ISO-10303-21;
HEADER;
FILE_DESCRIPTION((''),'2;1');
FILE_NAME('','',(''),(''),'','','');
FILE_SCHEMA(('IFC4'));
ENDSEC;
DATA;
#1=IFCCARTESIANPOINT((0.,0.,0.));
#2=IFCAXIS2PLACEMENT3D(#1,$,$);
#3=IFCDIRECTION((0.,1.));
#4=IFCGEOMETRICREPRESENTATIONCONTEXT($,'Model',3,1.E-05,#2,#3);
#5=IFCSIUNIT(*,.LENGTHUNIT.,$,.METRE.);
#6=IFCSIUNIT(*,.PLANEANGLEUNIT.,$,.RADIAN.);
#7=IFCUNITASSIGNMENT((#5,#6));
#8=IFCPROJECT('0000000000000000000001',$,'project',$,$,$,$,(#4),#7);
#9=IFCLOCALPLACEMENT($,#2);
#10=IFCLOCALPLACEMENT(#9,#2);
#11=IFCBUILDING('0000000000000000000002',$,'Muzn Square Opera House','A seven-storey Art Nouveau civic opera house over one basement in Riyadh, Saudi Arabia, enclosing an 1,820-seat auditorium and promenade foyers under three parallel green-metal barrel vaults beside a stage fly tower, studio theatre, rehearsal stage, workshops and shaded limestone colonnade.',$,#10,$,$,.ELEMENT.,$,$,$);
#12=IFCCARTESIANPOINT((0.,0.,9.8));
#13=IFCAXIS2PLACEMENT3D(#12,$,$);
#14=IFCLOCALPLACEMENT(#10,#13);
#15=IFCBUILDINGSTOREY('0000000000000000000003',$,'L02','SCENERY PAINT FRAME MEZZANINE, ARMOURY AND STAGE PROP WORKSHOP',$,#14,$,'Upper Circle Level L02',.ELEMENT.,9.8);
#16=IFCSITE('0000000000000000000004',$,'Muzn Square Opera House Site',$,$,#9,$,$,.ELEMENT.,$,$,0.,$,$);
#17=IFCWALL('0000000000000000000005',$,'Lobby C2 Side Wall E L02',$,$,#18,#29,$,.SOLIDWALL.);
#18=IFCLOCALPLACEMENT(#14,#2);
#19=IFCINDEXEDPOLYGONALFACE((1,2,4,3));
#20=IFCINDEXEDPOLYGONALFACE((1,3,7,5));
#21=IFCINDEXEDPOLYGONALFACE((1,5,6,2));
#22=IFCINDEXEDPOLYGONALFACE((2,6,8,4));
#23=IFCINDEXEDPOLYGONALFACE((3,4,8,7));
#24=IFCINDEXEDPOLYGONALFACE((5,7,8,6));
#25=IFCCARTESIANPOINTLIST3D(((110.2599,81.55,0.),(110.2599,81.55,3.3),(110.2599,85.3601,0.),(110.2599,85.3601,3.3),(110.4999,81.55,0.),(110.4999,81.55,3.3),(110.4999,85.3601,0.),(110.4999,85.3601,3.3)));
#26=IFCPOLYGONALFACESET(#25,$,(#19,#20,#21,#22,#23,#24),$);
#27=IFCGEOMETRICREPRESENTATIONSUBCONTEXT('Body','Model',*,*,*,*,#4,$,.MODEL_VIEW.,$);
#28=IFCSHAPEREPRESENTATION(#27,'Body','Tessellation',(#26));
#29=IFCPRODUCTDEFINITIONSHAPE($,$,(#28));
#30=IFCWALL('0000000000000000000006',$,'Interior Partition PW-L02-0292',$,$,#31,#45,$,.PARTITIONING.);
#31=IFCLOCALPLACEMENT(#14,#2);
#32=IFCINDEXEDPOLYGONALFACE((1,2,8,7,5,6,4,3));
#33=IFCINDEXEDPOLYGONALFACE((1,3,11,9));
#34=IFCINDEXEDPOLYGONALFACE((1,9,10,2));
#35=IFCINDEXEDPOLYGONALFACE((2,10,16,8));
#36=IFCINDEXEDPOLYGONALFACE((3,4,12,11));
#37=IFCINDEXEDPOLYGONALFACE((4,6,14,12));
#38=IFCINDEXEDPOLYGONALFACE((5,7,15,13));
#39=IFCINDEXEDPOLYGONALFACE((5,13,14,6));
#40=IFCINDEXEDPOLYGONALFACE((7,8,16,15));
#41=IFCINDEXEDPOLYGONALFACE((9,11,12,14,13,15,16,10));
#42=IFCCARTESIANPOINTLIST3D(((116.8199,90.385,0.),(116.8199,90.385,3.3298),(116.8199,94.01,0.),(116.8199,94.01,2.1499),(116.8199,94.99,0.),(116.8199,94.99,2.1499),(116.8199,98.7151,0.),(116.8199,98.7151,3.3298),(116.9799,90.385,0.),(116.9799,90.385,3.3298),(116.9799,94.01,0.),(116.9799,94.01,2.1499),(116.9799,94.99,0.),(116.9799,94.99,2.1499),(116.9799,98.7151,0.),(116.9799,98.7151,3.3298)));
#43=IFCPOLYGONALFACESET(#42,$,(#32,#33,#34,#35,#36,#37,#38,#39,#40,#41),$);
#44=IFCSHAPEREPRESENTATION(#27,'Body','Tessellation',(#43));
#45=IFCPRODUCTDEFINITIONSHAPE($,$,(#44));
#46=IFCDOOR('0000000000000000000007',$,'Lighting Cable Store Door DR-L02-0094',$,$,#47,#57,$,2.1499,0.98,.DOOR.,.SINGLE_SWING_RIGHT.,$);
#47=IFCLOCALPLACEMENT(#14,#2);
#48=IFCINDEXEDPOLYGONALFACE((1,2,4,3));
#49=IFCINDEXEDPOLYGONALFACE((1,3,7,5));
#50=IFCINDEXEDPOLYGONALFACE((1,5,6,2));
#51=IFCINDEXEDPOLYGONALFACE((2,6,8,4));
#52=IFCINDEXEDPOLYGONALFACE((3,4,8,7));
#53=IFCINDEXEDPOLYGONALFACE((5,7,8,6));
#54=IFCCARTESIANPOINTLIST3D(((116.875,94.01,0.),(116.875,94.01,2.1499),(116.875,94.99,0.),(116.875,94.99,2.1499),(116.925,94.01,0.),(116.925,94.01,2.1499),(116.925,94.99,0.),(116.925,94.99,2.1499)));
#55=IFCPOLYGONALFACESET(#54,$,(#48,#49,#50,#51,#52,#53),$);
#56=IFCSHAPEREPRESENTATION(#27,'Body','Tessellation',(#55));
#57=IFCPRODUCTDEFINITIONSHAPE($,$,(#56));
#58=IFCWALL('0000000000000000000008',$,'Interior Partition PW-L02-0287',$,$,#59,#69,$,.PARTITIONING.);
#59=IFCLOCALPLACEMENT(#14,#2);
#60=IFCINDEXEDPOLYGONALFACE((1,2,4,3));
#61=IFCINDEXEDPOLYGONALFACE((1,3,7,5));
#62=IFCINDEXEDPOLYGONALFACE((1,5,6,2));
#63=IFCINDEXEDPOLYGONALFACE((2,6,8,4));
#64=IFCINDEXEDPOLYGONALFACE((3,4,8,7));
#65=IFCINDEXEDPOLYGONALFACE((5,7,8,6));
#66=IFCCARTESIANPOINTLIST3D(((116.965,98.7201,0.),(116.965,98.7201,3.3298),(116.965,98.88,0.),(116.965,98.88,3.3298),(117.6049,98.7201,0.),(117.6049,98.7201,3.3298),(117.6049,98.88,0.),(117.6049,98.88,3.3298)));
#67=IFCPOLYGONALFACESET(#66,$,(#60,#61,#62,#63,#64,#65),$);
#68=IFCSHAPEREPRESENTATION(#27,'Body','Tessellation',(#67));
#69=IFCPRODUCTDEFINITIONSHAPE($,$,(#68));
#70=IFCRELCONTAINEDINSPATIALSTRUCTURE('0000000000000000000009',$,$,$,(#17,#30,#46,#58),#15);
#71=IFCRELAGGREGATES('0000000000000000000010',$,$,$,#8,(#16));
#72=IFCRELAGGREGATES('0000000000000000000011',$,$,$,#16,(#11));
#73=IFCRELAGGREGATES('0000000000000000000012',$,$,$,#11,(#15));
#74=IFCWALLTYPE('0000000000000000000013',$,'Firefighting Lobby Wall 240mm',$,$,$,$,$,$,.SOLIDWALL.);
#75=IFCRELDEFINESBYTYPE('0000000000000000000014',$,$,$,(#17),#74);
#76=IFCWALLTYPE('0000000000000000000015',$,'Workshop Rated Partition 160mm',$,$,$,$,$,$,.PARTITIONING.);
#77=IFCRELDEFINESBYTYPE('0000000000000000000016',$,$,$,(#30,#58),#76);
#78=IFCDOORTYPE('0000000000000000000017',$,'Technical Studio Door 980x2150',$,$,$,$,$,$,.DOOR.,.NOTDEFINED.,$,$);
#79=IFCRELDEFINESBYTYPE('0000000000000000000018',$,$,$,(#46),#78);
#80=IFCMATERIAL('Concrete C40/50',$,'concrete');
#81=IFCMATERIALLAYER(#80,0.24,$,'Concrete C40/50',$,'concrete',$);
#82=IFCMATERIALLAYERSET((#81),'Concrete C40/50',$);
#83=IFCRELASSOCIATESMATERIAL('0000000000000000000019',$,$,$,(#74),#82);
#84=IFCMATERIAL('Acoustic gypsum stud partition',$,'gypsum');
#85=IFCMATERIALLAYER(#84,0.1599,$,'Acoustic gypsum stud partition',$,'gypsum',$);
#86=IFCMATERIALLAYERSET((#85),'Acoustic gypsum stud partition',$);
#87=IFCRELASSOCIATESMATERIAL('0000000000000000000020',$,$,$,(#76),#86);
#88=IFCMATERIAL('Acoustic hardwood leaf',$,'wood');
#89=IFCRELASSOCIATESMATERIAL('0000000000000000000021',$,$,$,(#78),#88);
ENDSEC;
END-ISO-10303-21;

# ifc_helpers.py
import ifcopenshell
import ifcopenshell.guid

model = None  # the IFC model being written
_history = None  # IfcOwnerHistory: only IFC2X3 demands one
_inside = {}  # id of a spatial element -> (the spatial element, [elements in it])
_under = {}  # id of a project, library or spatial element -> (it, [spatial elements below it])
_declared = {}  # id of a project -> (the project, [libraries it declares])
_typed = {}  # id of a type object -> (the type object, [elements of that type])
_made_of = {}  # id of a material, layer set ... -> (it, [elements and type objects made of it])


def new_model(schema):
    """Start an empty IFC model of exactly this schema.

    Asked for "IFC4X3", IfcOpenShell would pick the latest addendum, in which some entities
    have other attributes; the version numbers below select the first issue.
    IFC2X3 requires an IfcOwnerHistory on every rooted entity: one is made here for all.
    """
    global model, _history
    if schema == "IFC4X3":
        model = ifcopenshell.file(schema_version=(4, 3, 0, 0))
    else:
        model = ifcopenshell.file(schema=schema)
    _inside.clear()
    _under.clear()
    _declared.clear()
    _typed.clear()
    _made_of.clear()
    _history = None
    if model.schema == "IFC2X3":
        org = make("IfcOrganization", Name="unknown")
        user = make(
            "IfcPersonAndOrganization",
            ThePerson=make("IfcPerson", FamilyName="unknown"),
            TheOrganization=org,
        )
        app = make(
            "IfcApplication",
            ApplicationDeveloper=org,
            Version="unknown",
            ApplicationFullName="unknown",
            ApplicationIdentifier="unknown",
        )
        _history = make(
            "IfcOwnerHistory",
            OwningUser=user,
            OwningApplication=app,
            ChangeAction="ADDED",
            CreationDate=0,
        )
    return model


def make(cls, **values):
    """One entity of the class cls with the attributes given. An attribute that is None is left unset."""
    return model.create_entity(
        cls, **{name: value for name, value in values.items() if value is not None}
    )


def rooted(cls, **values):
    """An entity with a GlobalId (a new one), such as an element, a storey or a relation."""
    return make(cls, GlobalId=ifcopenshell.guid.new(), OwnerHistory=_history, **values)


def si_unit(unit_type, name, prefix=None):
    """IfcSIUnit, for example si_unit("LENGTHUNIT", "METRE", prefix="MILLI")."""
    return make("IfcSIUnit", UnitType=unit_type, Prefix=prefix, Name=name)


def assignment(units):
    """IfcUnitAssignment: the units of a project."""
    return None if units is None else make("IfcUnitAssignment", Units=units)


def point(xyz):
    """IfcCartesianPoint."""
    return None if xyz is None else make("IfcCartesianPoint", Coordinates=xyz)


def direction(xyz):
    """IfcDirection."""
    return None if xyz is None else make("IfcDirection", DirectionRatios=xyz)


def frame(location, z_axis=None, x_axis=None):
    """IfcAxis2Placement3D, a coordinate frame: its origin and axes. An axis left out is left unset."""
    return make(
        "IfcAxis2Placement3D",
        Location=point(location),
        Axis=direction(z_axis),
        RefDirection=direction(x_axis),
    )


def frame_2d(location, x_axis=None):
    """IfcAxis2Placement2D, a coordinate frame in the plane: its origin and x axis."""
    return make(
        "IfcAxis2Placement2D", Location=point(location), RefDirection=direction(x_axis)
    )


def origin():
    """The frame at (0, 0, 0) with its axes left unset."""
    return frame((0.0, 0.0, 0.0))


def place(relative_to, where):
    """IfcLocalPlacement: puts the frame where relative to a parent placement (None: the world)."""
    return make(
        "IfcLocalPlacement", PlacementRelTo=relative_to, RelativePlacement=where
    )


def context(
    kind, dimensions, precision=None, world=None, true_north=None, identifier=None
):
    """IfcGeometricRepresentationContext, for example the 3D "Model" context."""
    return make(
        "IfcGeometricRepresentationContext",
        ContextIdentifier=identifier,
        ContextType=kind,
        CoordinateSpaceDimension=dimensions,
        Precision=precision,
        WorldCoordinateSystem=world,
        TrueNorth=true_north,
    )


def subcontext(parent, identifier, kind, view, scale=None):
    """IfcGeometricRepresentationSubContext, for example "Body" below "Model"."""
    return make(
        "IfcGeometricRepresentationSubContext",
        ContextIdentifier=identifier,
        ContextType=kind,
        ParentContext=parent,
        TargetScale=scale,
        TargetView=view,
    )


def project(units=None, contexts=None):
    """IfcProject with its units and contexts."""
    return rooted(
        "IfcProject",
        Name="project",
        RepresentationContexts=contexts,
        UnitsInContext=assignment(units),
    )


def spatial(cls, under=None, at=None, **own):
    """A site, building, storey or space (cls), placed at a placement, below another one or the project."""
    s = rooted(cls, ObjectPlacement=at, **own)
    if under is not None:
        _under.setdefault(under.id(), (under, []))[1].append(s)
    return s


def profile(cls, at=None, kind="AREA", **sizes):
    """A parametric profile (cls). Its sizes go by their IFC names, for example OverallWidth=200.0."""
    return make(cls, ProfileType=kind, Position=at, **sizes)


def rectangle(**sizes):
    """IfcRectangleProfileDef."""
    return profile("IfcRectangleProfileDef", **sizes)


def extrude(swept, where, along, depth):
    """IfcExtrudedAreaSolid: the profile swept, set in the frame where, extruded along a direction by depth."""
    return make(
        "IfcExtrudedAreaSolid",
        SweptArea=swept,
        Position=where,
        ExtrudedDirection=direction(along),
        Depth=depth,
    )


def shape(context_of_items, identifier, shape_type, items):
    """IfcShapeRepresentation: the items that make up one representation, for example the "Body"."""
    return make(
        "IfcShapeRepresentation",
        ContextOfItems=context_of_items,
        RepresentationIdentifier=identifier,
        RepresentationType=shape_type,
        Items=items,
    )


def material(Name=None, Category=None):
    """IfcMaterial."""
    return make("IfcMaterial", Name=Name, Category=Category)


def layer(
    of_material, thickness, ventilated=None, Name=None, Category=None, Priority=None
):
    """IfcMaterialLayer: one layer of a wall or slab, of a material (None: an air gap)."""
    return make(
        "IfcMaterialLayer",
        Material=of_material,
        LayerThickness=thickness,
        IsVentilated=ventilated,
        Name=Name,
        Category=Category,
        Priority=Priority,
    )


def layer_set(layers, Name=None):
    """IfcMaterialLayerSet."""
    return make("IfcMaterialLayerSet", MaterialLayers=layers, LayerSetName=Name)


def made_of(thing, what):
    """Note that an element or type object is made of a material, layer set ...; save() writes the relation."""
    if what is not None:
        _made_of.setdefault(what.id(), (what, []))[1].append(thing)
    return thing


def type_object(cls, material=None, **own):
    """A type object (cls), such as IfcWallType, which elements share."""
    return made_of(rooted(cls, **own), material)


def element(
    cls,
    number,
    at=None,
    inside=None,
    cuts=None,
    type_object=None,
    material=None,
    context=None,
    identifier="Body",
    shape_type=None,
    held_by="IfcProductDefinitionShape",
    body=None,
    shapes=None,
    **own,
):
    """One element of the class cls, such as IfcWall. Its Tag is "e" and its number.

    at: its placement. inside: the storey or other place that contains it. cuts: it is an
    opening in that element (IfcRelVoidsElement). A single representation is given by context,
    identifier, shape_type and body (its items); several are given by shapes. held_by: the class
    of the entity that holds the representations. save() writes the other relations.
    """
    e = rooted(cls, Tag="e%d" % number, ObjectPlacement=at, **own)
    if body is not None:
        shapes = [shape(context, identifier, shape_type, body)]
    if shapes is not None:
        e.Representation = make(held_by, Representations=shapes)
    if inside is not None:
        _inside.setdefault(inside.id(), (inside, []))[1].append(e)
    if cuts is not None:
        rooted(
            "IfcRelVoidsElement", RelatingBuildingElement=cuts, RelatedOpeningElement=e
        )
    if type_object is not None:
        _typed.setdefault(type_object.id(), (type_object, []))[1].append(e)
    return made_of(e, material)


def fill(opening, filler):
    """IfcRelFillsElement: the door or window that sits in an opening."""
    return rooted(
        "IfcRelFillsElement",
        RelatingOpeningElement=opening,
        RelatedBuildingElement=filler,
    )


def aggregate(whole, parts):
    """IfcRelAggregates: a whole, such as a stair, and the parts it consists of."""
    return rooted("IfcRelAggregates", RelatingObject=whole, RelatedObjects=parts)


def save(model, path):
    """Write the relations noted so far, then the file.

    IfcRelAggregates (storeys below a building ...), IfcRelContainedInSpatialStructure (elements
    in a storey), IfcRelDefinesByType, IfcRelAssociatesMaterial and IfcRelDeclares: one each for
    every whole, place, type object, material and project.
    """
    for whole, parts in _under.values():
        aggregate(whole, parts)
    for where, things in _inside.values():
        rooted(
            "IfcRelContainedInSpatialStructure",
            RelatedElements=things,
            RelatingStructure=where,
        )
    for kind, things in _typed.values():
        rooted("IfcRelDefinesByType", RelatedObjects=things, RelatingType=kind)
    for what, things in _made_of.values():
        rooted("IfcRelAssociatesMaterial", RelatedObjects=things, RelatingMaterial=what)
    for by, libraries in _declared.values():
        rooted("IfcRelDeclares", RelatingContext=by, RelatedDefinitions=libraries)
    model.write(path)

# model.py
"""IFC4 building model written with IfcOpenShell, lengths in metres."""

from ifc_helpers import new_model, si_unit, direction, frame, frame_2d, origin, place, context, subcontext, project, spatial, rectangle, extrude, material, layer, layer_set, type_object, element, fill, save


model = new_model("IFC4")

# Units and contexts
model_context = context("Model", 3, precision=1e-05, world=origin(), true_north=direction((0.0, 1.0)))
body_context = subcontext(model_context, "Body", "Model", "MODEL_VIEW")
ifc_project = project(units=[si_unit("LENGTHUNIT", "METRE"), si_unit("PLANEANGLEUNIT", "RADIAN")], contexts=[model_context])

# Site, building, storey
site_placement = place(None, origin())
site = spatial("IfcSite", under=ifc_project, at=site_placement, Name="Muzn Square Opera House Site", CompositionType="ELEMENT", RefElevation=0.0)
building_placement = place(site_placement, origin())
building = spatial("IfcBuilding", under=site, at=building_placement, Name="Muzn Square Opera House", Description="A seven-storey Art Nouveau civic opera house over one basement in Riyadh, Saudi Arabia, enclosing an 1,820-seat auditorium and promenade foyers under three parallel green-metal barrel vaults beside a stage fly tower, studio theatre, rehearsal stage, workshops and shaded limestone colonnade.", CompositionType="ELEMENT")
storey_placement = place(building_placement, frame((0.0, 0.0, 9.8)))
storey = spatial("IfcBuildingStorey", under=building, at=storey_placement, Name="L02", Description="SCENERY PAINT FRAME MEZZANINE, ARMOURY AND STAGE PROP WORKSHOP", LongName="Upper Circle Level L02", CompositionType="ELEMENT", Elevation=9.8)

# Shared definitions
ifc_material_1 = material(Name="Concrete C40/50", Category="concrete")

# Shared definitions
ifc_layer_1 = layer(ifc_material_1, 0.24, Name="Concrete C40/50", Category="concrete")
ifc_layer_set_1 = layer_set([ifc_layer_1], Name="Concrete C40/50")
wall_type_1 = type_object("IfcWallType", Name="Firefighting Lobby Wall 240mm", PredefinedType="SOLIDWALL", material=ifc_layer_set_1)

# Wall
wall_1_placement = place(storey_placement, frame((110.3799, 81.55, 0.0), z_axis=(0.0, 0.0, 1.0), x_axis=(0.0, 1.0, 0.0)))
element("IfcWall", 1, at=wall_1_placement, inside=storey, type_object=wall_type_1, Name="Lobby C2 Side Wall E L02", PredefinedType="SOLIDWALL", context=body_context, shape_type="SweptSolid", body=[
    extrude(rectangle(XDim=3.8101, YDim=0.24, at=frame_2d((1.905, 0.0))), origin(), (0.0, 0.0, 1.0), 3.3),
])

# Wall, opening, door
ifc_material_2 = material(Name="Acoustic gypsum stud partition", Category="gypsum")
ifc_layer_2 = layer(ifc_material_2, 0.1599, Name="Acoustic gypsum stud partition", Category="gypsum")
ifc_layer_set_2 = layer_set([ifc_layer_2], Name="Acoustic gypsum stud partition")
wall_type_2 = type_object("IfcWallType", Name="Workshop Rated Partition 160mm", PredefinedType="PARTITIONING", material=ifc_layer_set_2)
wall_2_placement = place(storey_placement, frame((116.8999, 90.385, 0.0), z_axis=(0.0, 0.0, 1.0), x_axis=(0.0, 1.0, 0.0)))
wall_2 = element("IfcWall", 2, at=wall_2_placement, inside=storey, type_object=wall_type_2, Name="Interior Partition PW-L02-0292", PredefinedType="PARTITIONING", context=body_context, shape_type="SweptSolid", body=[
    extrude(rectangle(XDim=8.3301, YDim=0.1599, at=frame_2d((4.165, 0.0))), origin(), (0.0, 0.0, 1.0), 3.3298),
])
opening_1_placement = place(wall_2_placement, frame((3.625, 0.0, 0.0)))
opening_1 = element("IfcOpeningElement", 3, at=opening_1_placement, cuts=wall_2, PredefinedType="OPENING", context=body_context, shape_type="SweptSolid", body=[
    extrude(rectangle(XDim=0.98, YDim=2.1499, at=frame_2d((0.49, 1.075))), frame((0.0, 0.0898, 0.0), z_axis=(0.0, -1.0, 0.0), x_axis=(1.0, 0.0, 0.0)), (0.0, 0.0, 1.0), 0.1799),
])
ifc_material_3 = material(Name="Acoustic hardwood leaf", Category="wood")
door_type_1 = type_object("IfcDoorType", Name="Technical Studio Door 980x2150", OperationType="NOTDEFINED", PredefinedType="DOOR", material=ifc_material_3)
door_1_placement = place(opening_1_placement, origin())
door_1 = element("IfcDoor", 4, at=door_1_placement, inside=storey, type_object=door_type_1, Name="Lighting Cable Store Door DR-L02-0094", OperationType="SINGLE_SWING_RIGHT", OverallHeight=2.1499, OverallWidth=0.98, PredefinedType="DOOR", context=body_context, shape_type="SweptSolid", body=[
    extrude(rectangle(XDim=0.98, YDim=2.1499, at=frame_2d((0.49, 1.075))), frame((0.0, 0.0249, 0.0), z_axis=(0.0, -1.0, 0.0), x_axis=(1.0, 0.0, 0.0)), (0.0, 0.0, 1.0), 0.05),
])
fill(opening_1, door_1)

# Wall
wall_3_placement = place(storey_placement, frame((116.9651, 98.8, 0.0), z_axis=(0.0, 0.0, 1.0), x_axis=(1.0, 0.0, 0.0)))
element("IfcWall", 5, at=wall_3_placement, inside=storey, type_object=wall_type_2, Name="Interior Partition PW-L02-0287", PredefinedType="PARTITIONING", context=body_context, shape_type="SweptSolid", body=[
    extrude(rectangle(XDim=0.6399, YDim=0.1599, at=frame_2d((0.3198, 0.0))), origin(), (0.0, 0.0, 1.0), 3.3298),
])

save(model, "model.ifc")
